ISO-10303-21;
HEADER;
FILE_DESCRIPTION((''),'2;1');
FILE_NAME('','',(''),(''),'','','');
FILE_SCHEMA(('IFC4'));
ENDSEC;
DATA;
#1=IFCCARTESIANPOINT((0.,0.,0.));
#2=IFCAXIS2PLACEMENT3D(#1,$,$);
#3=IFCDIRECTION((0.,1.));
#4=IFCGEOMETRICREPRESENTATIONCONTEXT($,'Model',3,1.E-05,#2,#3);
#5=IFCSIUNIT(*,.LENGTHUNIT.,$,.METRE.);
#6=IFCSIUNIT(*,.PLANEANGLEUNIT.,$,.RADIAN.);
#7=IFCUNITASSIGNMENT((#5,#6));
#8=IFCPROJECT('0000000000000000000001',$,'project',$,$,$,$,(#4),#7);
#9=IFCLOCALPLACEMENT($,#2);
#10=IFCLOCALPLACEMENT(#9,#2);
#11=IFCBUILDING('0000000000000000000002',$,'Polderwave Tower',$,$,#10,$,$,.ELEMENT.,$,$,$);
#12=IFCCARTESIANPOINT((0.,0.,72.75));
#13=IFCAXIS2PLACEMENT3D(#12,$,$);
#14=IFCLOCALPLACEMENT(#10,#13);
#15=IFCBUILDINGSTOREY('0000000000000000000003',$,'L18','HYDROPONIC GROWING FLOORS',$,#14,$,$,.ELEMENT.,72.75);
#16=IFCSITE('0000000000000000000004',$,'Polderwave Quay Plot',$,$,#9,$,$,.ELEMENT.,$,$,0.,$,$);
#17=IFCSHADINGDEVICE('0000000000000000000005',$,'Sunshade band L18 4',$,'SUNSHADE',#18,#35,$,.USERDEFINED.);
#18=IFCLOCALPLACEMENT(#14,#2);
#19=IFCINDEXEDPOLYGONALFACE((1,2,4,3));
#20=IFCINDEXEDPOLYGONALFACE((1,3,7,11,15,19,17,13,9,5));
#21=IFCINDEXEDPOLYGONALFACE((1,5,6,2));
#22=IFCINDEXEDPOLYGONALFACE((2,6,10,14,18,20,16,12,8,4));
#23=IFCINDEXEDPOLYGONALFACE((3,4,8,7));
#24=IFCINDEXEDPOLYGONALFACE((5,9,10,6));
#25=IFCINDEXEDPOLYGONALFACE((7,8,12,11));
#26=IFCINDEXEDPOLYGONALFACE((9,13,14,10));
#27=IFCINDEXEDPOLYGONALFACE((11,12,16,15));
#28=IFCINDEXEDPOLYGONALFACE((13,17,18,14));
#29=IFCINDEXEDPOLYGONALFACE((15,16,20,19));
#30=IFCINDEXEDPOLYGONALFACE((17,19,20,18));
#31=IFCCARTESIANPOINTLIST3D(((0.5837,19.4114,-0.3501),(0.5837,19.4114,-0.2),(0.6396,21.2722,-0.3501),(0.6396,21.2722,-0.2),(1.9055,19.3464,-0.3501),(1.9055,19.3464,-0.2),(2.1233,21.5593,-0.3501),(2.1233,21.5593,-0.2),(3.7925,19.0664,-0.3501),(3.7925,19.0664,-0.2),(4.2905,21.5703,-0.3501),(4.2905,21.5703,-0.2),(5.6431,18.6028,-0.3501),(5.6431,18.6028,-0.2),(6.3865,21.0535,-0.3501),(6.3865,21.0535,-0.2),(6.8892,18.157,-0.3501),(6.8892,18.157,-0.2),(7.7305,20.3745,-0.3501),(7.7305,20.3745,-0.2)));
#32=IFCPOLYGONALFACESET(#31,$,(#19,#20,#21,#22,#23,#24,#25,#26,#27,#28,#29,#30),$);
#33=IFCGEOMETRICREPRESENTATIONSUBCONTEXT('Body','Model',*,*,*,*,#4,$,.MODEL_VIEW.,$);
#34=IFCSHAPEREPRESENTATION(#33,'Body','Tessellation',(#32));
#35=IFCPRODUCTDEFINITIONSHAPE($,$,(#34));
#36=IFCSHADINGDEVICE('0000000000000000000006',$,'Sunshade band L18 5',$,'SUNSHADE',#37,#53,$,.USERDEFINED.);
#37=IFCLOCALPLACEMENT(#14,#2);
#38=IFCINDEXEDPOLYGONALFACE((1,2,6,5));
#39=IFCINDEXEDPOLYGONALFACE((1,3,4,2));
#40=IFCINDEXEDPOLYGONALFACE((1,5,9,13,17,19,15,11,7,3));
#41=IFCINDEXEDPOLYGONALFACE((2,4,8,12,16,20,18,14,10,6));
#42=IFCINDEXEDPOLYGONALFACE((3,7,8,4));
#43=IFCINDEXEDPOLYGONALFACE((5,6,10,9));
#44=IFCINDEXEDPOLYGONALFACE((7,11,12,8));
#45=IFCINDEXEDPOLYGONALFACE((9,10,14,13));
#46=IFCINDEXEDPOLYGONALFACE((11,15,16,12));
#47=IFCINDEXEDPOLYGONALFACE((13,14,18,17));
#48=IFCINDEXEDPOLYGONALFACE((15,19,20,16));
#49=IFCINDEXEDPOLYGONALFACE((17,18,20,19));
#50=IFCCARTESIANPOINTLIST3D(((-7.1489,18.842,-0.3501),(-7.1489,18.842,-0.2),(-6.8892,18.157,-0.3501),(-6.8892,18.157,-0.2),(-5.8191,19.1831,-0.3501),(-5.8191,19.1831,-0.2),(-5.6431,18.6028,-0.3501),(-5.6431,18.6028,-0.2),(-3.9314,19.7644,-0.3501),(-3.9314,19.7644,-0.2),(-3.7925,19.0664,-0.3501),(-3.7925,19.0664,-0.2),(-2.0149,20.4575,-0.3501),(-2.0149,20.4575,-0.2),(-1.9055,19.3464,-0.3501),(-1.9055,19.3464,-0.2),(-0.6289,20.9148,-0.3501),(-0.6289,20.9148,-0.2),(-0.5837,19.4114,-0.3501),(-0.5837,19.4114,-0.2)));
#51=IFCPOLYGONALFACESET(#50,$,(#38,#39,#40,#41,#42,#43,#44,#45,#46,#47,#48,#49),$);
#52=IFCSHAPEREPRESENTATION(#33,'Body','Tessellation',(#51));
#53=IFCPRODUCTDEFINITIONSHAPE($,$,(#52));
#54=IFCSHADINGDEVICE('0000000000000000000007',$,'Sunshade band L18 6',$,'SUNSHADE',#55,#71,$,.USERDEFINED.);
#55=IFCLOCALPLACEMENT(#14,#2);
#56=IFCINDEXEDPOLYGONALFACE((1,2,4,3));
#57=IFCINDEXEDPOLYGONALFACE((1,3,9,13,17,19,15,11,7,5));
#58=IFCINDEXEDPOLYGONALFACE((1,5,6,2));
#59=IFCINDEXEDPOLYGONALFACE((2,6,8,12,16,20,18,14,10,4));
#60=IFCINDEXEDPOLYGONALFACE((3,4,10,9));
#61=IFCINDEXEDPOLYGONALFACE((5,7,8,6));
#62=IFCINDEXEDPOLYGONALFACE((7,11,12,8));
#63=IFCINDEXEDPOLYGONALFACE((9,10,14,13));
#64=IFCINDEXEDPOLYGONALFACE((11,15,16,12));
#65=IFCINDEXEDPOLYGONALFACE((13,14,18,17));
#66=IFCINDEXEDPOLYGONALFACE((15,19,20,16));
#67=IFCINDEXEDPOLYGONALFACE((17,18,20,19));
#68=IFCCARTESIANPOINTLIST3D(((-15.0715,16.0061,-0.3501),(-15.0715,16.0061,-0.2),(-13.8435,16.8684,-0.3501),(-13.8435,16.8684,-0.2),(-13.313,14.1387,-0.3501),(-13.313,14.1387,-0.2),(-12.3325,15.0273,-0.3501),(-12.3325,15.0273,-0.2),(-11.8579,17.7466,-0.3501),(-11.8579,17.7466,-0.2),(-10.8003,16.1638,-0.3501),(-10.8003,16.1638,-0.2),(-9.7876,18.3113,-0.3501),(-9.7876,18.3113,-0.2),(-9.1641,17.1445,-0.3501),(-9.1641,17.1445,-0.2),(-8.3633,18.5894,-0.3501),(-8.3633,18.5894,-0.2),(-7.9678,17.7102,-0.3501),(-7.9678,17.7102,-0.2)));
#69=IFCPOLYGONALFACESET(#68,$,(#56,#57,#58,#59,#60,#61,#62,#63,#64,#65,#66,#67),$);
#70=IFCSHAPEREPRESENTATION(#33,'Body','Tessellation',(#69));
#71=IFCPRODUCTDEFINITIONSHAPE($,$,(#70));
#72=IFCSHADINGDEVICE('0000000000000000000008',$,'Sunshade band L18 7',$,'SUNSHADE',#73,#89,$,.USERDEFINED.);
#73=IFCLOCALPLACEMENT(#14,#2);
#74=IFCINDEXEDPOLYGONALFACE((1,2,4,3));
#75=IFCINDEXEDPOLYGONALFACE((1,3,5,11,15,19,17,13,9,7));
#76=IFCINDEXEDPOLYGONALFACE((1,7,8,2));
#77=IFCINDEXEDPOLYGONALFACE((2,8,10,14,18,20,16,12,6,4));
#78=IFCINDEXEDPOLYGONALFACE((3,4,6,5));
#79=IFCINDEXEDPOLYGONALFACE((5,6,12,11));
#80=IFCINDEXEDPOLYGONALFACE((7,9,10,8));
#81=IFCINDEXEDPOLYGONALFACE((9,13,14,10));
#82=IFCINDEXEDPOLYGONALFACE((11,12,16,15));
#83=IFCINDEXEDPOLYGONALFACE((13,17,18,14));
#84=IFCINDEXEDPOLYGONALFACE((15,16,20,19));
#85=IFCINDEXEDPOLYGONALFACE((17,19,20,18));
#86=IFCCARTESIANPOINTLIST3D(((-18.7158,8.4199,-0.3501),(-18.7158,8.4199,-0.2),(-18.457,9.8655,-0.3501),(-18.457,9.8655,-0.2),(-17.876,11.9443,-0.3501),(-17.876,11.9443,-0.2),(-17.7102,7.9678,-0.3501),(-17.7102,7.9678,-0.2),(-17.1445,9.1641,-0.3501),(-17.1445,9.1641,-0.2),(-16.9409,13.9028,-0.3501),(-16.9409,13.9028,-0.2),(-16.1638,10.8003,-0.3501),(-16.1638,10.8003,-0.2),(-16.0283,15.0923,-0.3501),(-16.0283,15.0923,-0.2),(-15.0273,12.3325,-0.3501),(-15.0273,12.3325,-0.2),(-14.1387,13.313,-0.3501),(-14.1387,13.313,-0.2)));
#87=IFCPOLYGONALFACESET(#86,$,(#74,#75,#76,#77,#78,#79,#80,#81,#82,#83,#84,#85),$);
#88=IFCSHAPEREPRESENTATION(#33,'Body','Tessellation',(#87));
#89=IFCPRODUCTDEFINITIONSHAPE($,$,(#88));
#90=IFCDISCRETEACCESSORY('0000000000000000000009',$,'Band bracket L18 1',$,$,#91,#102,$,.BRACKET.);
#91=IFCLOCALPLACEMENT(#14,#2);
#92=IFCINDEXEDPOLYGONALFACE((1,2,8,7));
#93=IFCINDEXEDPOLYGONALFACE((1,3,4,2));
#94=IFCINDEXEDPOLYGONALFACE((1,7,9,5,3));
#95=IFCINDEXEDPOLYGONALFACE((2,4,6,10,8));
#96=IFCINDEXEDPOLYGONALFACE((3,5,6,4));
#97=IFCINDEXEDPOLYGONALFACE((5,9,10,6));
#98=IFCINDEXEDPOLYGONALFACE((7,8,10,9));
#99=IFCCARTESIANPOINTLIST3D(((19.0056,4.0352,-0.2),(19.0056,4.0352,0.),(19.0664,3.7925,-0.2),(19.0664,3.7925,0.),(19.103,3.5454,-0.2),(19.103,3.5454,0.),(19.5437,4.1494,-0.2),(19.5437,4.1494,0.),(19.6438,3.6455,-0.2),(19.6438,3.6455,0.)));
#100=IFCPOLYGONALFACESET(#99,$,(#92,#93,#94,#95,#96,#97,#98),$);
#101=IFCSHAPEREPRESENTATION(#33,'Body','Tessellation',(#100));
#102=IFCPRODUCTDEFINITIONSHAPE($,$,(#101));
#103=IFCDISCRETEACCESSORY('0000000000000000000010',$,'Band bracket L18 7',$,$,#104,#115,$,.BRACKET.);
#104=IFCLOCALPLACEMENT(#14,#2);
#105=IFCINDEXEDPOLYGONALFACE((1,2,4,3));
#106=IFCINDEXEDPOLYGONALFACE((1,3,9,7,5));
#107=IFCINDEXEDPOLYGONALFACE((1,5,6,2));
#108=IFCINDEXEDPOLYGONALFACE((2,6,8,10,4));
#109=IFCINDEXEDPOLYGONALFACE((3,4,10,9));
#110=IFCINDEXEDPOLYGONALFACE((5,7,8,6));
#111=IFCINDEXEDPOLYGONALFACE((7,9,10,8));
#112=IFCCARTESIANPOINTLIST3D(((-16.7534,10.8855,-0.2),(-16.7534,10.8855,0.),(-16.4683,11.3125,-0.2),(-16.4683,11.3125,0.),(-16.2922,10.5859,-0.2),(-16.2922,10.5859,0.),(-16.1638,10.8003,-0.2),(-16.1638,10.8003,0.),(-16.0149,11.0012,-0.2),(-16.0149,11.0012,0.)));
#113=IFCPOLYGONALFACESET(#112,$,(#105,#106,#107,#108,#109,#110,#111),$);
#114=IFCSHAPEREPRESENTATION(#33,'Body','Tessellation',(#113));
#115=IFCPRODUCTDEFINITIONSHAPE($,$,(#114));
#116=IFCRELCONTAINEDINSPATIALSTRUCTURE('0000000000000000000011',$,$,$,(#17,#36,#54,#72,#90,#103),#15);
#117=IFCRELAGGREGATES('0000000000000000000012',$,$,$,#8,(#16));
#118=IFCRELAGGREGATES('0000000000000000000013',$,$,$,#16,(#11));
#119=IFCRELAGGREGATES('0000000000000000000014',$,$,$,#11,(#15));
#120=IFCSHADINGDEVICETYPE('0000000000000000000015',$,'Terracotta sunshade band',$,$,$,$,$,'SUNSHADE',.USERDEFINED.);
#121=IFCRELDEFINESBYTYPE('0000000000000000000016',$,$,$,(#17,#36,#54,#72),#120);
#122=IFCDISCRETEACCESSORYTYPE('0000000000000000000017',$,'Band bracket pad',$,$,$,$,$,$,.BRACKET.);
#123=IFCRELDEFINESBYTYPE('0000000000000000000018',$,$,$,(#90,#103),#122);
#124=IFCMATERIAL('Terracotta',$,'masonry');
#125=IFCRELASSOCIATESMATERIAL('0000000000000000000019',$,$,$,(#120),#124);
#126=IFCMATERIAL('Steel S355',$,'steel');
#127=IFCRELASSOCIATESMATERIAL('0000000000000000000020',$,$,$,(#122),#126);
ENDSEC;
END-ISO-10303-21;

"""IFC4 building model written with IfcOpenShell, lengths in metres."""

from ifc_helpers import new_model, si_unit, direction, frame, origin, place, context, subcontext, project, spatial, polyline, outline, extrude, material, type_object, element, save


model = new_model("IFC4")

# Units and contexts
model_context = context("Model", 3, precision=1e-05, world=origin(), true_north=direction((0.0, 1.0)))
body_context = subcontext(model_context, "Body", "Model", "MODEL_VIEW")
ifc_project = project(units=[si_unit("LENGTHUNIT", "METRE"), si_unit("PLANEANGLEUNIT", "RADIAN")], contexts=[model_context])

# Site, building, storey
site_placement = place(None, origin())
site = spatial("IfcSite", under=ifc_project, at=site_placement, Name="Polderwave Quay Plot", CompositionType="ELEMENT", RefElevation=0.0)
building_placement = place(site_placement, origin())
building = spatial("IfcBuilding", under=site, at=building_placement, Name="Polderwave Tower", CompositionType="ELEMENT")
storey_placement = place(building_placement, frame((0.0, 0.0, 72.75)))
storey = spatial("IfcBuildingStorey", under=building, at=storey_placement, Name="L18", Description="HYDROPONIC GROWING FLOORS", CompositionType="ELEMENT", Elevation=72.75)

# Shading devices
ifc_material_1 = material(Name="Terracotta", Category="masonry")
shading_device_type = type_object("IfcShadingDeviceType", Name="Terracotta sunshade band", ElementType="SUNSHADE", PredefinedType="USERDEFINED", material=ifc_material_1)
shading_device_1_placement = place(storey_placement, frame((0.0, 0.0, -0.3501)))
element("IfcShadingDevice", 1, at=shading_device_1_placement, inside=storey, type_object=shading_device_type, Name="Sunshade band L18 4", ObjectType="SUNSHADE", PredefinedType="USERDEFINED", context=body_context, shape_type="SweptSolid", body=[
    extrude(outline(polyline([(6.8892, 18.157), (5.6431, 18.6028), (3.7925, 19.0664), (1.9055, 19.3464), (0.5837, 19.4114), (0.6396, 21.2722), (2.1233, 21.5593), (4.2905, 21.5703), (6.3865, 21.0535), (7.7305, 20.3745), (6.8892, 18.157)])), origin(), (0.0, 0.0, 1.0), 0.1501),
])
shading_device_2_placement = place(storey_placement, frame((0.0, 0.0, -0.3501)))
element("IfcShadingDevice", 2, at=shading_device_2_placement, inside=storey, type_object=shading_device_type, Name="Sunshade band L18 5", ObjectType="SUNSHADE", PredefinedType="USERDEFINED", context=body_context, shape_type="SweptSolid", body=[
    extrude(outline(polyline([(-0.5837, 19.4114), (-1.9055, 19.3464), (-3.7925, 19.0664), (-5.6431, 18.6028), (-6.8892, 18.157), (-7.1489, 18.842), (-5.8191, 19.1831), (-3.9314, 19.7644), (-2.0149, 20.4575), (-0.6289, 20.9148), (-0.5837, 19.4114)])), origin(), (0.0, 0.0, 1.0), 0.1501),
])
shading_device_3_placement = place(storey_placement, frame((0.0, 0.0, -0.3501)))
element("IfcShadingDevice", 3, at=shading_device_3_placement, inside=storey, type_object=shading_device_type, Name="Sunshade band L18 6", ObjectType="SUNSHADE", PredefinedType="USERDEFINED", context=body_context, shape_type="SweptSolid", body=[
    extrude(outline(polyline([(-7.9678, 17.7102), (-9.1641, 17.1445), (-10.8003, 16.1638), (-12.3325, 15.0273), (-13.313, 14.1387), (-15.0715, 16.0061), (-13.8435, 16.8684), (-11.8579, 17.7466), (-9.7876, 18.3113), (-8.3633, 18.5894), (-7.9678, 17.7102)])), origin(), (0.0, 0.0, 1.0), 0.1501),
])
shading_device_4_placement = place(storey_placement, frame((0.0, 0.0, -0.3501)))
element("IfcShadingDevice", 4, at=shading_device_4_placement, inside=storey, type_object=shading_device_type, Name="Sunshade band L18 7", ObjectType="SUNSHADE", PredefinedType="USERDEFINED", context=body_context, shape_type="SweptSolid", body=[
    extrude(outline(polyline([(-14.1387, 13.313), (-15.0273, 12.3325), (-16.1638, 10.8003), (-17.1445, 9.1641), (-17.7102, 7.9678), (-18.7158, 8.4199), (-18.457, 9.8655), (-17.876, 11.9443), (-16.9409, 13.9028), (-16.0283, 15.0923), (-14.1387, 13.313)])), origin(), (0.0, 0.0, 1.0), 0.1501),
])

# Discrete accessories
ifc_material_2 = material(Name="Steel S355", Category="steel")
discrete_accessory_type = type_object("IfcDiscreteAccessoryType", Name="Band bracket pad", PredefinedType="BRACKET", material=ifc_material_2)
discrete_accessory_1_placement = place(storey_placement, frame((0.0, 0.0, -0.2)))
element("IfcDiscreteAccessory", 5, at=discrete_accessory_1_placement, inside=storey, type_object=discrete_accessory_type, Name="Band bracket L18 1", PredefinedType="BRACKET", context=body_context, shape_type="SweptSolid", body=[
    extrude(outline(polyline([(19.103, 3.5454), (19.0664, 3.7925), (19.0056, 4.0352), (19.5437, 4.1494), (19.6438, 3.6455), (19.103, 3.5454)])), origin(), (0.0, 0.0, 1.0), 0.2),
])
discrete_accessory_2_placement = place(storey_placement, frame((0.0, 0.0, -0.2)))
element("IfcDiscreteAccessory", 6, at=discrete_accessory_2_placement, inside=storey, type_object=discrete_accessory_type, Name="Band bracket L18 7", PredefinedType="BRACKET", context=body_context, shape_type="SweptSolid", body=[
    extrude(outline(polyline([(-16.0149, 11.0012), (-16.1638, 10.8003), (-16.2922, 10.5859), (-16.7534, 10.8855), (-16.4683, 11.3125), (-16.0149, 11.0012)])), origin(), (0.0, 0.0, 1.0), 0.2),
])

save(model, "model.ifc")
